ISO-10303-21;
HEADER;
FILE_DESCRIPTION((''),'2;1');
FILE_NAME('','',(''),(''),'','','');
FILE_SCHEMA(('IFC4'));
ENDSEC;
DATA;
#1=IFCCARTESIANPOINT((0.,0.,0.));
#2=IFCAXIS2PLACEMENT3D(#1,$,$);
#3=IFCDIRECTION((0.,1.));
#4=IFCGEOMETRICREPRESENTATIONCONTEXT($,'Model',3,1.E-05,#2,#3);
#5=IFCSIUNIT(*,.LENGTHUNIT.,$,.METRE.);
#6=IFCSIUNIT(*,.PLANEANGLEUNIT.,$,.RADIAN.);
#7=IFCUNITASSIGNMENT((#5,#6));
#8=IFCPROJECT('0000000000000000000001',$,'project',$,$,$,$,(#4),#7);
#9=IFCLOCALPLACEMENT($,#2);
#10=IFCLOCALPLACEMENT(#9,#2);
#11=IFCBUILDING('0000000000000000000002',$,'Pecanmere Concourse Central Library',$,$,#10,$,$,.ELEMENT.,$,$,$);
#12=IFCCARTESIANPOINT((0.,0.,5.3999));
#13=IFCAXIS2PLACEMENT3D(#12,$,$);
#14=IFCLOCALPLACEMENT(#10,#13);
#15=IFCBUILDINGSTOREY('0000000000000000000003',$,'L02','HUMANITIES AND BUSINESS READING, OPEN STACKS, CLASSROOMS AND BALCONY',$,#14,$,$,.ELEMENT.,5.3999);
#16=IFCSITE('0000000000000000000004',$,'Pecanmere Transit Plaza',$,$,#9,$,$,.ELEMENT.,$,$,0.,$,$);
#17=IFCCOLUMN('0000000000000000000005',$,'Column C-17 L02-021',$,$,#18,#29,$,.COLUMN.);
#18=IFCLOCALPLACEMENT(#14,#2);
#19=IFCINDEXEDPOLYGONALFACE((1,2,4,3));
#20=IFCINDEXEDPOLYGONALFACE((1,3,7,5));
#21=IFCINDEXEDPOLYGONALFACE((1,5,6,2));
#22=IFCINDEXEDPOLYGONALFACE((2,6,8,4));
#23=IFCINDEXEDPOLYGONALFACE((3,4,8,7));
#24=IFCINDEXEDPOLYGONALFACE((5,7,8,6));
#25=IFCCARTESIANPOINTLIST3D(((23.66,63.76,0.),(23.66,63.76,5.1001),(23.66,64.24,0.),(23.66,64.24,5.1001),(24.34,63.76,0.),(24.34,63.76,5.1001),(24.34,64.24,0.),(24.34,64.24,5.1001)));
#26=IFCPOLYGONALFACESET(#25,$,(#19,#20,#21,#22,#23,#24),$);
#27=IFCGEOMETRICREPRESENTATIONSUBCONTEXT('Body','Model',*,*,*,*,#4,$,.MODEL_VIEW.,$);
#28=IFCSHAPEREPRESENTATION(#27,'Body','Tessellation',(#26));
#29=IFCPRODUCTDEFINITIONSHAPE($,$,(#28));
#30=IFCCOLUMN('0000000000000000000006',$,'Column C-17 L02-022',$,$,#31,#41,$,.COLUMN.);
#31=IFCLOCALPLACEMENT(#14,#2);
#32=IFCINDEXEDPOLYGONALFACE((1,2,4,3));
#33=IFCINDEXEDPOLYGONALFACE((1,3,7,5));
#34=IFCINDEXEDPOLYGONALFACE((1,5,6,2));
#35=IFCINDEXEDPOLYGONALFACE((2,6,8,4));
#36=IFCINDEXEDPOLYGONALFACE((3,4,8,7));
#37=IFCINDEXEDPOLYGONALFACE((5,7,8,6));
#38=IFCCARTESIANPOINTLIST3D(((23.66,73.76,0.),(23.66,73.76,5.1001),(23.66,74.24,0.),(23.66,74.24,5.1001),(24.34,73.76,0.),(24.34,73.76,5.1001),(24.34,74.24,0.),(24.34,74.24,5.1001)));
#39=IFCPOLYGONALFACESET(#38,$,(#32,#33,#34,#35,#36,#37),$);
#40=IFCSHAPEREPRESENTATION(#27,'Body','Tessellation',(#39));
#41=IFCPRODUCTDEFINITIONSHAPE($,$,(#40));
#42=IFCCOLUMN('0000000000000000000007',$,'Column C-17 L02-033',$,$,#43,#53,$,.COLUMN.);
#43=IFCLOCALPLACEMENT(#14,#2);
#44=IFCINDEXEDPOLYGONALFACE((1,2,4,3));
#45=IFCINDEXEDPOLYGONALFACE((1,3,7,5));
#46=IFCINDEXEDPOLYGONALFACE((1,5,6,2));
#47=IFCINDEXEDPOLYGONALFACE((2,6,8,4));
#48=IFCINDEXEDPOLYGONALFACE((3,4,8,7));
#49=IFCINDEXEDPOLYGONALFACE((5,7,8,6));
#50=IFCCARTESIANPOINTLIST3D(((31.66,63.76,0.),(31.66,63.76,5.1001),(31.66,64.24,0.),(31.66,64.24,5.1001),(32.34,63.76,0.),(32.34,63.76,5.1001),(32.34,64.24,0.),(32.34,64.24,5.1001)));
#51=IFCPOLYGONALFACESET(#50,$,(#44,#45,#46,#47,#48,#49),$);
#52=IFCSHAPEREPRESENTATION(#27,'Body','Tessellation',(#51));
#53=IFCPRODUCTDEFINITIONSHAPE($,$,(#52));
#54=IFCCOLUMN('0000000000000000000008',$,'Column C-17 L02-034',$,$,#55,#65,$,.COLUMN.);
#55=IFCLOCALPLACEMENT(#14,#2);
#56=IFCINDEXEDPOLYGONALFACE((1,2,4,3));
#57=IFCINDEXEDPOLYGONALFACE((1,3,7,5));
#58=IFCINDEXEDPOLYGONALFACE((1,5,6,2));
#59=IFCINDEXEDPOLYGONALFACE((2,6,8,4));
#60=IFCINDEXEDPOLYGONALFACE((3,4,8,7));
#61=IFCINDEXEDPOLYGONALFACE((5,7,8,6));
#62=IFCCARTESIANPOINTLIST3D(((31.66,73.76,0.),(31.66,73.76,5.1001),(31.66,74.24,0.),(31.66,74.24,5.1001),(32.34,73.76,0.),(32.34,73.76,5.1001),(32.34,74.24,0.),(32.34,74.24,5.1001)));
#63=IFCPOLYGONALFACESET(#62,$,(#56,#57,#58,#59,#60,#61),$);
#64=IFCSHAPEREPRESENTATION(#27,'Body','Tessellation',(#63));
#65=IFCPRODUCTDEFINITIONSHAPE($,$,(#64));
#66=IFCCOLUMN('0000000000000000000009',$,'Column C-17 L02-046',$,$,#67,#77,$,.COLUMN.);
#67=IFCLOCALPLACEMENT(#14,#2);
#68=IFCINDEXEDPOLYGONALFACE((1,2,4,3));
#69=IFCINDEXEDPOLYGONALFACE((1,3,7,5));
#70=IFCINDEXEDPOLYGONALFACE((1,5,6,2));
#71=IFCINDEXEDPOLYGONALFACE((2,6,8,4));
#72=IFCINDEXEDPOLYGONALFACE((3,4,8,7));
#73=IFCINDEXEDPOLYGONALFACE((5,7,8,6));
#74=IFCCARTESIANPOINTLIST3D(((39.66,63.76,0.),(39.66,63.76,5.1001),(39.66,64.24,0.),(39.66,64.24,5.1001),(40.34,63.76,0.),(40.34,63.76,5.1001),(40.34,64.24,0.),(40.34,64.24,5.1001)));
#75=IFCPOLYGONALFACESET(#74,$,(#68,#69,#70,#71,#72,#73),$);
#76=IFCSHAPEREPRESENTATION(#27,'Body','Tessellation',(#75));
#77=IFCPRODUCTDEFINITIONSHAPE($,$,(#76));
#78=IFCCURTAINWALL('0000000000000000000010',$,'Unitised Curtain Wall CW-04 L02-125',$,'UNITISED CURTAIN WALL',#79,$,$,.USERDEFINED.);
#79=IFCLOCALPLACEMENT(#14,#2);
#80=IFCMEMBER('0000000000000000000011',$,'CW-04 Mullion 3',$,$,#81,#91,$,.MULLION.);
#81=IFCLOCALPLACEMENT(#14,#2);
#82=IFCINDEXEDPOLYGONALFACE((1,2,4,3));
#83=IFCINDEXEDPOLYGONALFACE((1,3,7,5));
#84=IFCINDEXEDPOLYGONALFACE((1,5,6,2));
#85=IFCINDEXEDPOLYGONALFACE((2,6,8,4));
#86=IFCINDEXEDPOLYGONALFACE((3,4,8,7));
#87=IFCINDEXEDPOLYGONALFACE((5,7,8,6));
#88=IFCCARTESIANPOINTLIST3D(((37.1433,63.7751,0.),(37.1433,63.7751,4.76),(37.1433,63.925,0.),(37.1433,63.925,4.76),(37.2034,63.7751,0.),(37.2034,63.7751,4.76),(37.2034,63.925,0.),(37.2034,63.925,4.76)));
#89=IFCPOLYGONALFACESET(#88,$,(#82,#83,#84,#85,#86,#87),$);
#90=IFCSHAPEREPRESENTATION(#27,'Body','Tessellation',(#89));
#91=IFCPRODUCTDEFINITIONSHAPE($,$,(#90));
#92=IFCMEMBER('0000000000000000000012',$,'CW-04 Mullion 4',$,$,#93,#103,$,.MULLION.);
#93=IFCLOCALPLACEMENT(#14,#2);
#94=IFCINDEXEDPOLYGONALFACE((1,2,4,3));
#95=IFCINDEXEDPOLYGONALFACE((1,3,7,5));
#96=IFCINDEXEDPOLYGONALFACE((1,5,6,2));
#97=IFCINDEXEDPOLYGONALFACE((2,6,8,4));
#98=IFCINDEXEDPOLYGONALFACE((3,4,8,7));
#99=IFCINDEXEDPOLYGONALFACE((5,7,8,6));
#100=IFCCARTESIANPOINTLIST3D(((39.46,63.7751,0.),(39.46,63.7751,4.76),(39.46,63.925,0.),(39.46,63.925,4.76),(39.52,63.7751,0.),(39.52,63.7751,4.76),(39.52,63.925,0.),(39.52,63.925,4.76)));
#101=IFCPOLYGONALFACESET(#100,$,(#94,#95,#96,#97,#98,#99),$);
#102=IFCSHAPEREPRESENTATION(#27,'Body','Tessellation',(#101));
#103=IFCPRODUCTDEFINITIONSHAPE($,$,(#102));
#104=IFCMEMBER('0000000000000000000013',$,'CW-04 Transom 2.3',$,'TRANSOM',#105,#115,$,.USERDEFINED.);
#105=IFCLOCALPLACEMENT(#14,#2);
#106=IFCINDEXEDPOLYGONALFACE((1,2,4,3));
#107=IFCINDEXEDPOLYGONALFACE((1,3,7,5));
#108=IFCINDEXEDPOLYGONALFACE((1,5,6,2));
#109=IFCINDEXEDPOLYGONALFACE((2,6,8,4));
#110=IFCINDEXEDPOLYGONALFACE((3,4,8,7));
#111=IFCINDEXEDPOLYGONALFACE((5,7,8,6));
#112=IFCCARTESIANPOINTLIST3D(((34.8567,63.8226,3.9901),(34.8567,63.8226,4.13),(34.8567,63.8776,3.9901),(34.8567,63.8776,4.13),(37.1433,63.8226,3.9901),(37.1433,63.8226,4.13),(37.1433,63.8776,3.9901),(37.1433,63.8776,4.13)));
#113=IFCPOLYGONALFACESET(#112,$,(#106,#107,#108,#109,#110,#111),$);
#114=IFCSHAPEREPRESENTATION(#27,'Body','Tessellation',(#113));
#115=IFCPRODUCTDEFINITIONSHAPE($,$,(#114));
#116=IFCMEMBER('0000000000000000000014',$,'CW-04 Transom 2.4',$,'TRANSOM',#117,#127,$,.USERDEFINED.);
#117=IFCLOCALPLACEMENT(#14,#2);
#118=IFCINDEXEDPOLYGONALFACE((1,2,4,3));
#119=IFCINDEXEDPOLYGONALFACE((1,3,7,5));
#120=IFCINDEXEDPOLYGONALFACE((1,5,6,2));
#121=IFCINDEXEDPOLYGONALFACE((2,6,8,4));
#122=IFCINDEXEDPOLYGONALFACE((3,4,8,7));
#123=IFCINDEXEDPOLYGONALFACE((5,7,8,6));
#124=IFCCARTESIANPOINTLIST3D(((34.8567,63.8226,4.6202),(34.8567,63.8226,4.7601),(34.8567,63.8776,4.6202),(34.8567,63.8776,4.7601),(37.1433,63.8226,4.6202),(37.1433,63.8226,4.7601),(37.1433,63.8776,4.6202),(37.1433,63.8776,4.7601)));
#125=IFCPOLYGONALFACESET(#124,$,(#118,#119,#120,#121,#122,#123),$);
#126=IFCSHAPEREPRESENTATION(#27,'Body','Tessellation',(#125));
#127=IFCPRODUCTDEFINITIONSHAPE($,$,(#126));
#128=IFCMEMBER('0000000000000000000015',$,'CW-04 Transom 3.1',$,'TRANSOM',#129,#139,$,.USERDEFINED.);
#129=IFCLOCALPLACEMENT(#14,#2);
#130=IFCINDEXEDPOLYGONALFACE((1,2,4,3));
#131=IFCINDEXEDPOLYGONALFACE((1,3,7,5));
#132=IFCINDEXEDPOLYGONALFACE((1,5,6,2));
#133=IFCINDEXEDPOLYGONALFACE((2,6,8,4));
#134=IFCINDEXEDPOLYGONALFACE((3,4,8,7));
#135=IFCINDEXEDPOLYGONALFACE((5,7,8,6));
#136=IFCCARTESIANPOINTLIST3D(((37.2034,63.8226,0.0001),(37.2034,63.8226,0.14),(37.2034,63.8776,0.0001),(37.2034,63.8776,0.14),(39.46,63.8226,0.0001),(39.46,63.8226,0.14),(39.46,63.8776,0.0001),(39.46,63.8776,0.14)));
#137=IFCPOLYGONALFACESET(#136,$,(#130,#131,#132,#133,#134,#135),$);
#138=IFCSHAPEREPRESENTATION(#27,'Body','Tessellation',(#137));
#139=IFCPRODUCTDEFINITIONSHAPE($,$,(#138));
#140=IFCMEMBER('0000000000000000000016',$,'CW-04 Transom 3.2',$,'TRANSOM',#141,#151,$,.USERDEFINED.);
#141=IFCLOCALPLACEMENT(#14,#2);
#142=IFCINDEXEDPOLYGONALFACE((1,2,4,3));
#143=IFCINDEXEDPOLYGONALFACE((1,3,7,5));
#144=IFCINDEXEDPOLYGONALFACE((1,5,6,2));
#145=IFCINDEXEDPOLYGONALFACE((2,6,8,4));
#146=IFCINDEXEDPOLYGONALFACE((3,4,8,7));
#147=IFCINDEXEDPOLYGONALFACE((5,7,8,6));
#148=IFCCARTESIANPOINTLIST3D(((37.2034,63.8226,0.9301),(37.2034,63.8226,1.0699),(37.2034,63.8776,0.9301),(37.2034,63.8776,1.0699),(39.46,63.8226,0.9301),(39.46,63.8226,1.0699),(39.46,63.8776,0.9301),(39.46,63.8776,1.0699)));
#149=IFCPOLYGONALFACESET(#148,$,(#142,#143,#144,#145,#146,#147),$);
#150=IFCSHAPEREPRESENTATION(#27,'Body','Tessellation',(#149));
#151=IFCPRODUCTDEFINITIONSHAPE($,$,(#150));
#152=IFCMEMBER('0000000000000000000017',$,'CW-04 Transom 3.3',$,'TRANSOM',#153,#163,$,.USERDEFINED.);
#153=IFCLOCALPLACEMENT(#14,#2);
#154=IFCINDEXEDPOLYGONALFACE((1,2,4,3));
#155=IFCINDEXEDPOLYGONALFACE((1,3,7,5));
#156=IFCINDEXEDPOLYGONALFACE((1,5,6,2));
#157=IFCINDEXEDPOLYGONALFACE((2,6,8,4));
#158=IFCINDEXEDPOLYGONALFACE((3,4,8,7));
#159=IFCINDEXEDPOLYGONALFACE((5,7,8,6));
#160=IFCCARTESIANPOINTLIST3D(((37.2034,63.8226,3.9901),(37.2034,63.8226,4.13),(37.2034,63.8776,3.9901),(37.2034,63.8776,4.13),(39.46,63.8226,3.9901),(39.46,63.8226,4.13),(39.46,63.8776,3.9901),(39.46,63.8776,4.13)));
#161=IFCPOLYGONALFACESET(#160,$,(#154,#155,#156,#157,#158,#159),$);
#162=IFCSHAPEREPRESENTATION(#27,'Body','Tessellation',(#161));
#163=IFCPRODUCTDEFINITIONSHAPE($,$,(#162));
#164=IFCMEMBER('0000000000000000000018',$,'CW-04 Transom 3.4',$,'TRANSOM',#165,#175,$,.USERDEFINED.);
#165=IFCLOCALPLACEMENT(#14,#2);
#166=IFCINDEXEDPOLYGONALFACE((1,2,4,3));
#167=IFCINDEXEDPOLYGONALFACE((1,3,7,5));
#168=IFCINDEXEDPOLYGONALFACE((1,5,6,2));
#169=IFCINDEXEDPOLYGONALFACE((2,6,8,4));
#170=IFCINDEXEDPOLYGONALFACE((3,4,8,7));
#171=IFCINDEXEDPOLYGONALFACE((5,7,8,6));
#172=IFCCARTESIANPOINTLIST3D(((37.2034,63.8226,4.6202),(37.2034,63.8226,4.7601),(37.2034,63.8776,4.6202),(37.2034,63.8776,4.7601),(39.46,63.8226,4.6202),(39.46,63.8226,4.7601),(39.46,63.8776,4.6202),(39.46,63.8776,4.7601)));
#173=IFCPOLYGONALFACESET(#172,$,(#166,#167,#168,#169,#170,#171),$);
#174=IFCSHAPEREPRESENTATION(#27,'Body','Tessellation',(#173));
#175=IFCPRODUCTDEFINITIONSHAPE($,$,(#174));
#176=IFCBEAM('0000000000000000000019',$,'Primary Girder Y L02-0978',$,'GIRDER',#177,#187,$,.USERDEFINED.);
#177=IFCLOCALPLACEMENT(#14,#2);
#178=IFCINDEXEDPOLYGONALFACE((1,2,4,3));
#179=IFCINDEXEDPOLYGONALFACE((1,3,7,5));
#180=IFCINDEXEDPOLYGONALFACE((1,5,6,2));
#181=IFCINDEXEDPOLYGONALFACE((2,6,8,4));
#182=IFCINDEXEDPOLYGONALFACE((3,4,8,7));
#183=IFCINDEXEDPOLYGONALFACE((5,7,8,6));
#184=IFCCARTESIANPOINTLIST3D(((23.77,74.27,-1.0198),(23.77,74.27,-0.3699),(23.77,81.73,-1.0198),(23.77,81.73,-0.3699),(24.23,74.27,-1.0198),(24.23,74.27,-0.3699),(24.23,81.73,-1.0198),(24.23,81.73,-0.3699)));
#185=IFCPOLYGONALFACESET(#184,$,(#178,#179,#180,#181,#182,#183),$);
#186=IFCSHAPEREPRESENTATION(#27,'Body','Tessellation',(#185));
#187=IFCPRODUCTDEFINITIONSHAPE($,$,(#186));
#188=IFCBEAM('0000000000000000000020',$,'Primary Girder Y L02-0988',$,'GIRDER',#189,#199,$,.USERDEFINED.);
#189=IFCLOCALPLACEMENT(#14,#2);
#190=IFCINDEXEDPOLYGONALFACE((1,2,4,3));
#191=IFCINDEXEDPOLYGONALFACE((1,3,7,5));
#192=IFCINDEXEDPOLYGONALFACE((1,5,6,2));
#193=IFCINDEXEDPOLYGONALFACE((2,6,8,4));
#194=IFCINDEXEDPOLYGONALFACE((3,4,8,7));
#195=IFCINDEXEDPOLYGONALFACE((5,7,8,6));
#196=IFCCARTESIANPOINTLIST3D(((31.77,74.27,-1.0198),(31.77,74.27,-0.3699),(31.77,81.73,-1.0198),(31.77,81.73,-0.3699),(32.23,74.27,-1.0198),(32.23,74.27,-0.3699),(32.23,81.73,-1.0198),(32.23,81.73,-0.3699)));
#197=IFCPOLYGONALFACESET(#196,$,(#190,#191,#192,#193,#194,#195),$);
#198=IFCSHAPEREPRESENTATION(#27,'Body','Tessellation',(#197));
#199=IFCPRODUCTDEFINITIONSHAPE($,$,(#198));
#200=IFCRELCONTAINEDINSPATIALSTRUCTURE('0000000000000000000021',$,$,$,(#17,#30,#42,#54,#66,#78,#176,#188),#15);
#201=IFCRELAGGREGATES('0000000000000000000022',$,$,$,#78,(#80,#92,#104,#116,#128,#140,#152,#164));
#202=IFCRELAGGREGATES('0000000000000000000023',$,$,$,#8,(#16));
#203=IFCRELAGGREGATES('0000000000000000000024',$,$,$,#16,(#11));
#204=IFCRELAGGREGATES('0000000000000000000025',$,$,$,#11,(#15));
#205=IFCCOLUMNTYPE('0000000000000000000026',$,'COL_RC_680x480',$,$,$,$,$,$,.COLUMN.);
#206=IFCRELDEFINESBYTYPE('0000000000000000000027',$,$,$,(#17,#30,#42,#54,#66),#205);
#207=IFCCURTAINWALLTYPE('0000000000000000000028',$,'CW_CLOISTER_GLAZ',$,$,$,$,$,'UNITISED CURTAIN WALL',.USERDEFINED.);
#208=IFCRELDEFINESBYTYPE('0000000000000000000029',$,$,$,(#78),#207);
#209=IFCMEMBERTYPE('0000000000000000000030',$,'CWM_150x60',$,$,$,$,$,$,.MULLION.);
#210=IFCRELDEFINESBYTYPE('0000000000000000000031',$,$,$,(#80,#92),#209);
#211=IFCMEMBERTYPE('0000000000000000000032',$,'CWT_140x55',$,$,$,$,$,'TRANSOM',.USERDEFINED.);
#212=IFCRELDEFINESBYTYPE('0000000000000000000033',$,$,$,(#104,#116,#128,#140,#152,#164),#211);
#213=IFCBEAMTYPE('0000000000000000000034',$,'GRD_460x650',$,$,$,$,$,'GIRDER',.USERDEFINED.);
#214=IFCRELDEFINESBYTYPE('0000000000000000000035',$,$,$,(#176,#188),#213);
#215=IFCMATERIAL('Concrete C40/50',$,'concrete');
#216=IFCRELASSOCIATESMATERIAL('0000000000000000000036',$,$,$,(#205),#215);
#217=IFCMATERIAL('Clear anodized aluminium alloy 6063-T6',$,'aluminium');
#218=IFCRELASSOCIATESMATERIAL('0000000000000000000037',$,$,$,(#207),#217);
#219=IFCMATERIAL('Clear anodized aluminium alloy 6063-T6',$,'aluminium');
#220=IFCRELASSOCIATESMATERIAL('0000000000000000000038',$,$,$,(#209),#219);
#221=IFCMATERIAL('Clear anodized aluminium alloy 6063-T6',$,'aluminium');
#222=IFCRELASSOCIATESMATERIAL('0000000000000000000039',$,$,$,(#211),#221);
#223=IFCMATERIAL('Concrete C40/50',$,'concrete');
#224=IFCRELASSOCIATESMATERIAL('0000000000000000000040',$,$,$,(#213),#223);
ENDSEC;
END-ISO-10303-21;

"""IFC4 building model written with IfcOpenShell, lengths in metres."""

from ifc_helpers import new_model, si_unit, direction, frame, origin, origin_2d, place, context, subcontext, project, spatial, rectangle, extrude, material, material_profile, profile_set, type_object, element, aggregate, save


model = new_model("IFC4")

# Units and contexts
model_context = context("Model", 3, precision=1e-05, world=origin(), true_north=direction((0.0, 1.0)))
body_context = subcontext(model_context, "Body", "Model", "MODEL_VIEW")
ifc_project = project(units=[si_unit("LENGTHUNIT", "METRE"), si_unit("PLANEANGLEUNIT", "RADIAN")], contexts=[model_context])

# Site, building, storey
site_placement = place(None, origin())
site = spatial("IfcSite", under=ifc_project, at=site_placement, Name="Pecanmere Transit Plaza", CompositionType="ELEMENT", RefElevation=0.0)
building_placement = place(site_placement, origin())
building = spatial("IfcBuilding", under=site, at=building_placement, Name="Pecanmere Concourse Central Library", CompositionType="ELEMENT")
storey_placement = place(building_placement, frame((0.0, 0.0, 5.3999)))
storey = spatial("IfcBuildingStorey", under=building, at=storey_placement, Name="L02", Description="HUMANITIES AND BUSINESS READING, OPEN STACKS, CLASSROOMS AND BALCONY", CompositionType="ELEMENT", Elevation=5.3999)

# Columns
ifc_material_1 = material(Name="Concrete C40/50", Category="concrete")
ifc_material_profile_1 = material_profile(ifc_material_1, rectangle(XDim=0.6799, YDim=0.48, at=origin_2d()), Name="RC 680x480")
ifc_profile_set_1 = profile_set([ifc_material_profile_1], Name="Concrete C40/50")
column_type = type_object("IfcColumnType", Name="COL_RC_680x480", PredefinedType="COLUMN", material=ifc_profile_set_1)
for number, where, z_axis, x_axis, name in (
    (1, (24.0, 64.0, 0.0), (0.0, 0.0, 1.0), (1.0, 0.0, 0.0), "Column C-17 L02-021"),
    (2, (24.0, 74.0, 0.0), (0.0, 0.0, 1.0), (1.0, 0.0, 0.0), "Column C-17 L02-022"),
    (3, (32.0, 64.0, 0.0), (0.0, 0.0, 1.0), (1.0, 0.0, 0.0), "Column C-17 L02-033"),
    (4, (32.0, 74.0, 0.0), (0.0, 0.0, 1.0), (1.0, 0.0, 0.0), "Column C-17 L02-034"),
    (5, (40.0, 64.0, 0.0), (0.0, 0.0, 1.0), (1.0, 0.0, 0.0), "Column C-17 L02-046"),
):
    element("IfcColumn", number, at=place(storey_placement, frame(where, z_axis=z_axis, x_axis=x_axis)), inside=storey, type_object=column_type, Name=name, PredefinedType="COLUMN", context=body_context, shape_type="SweptSolid", body=[
        extrude(rectangle(XDim=0.6799, YDim=0.48, at=origin_2d()), origin(), (0.0, 0.0, 1.0), 5.1001),
    ])

# Curtain wall, members
ifc_material_2 = material(Name="Clear anodized aluminium alloy 6063-T6", Category="aluminium")
curtain_wall_type = type_object("IfcCurtainWallType", Name="CW_CLOISTER_GLAZ", ElementType="UNITISED CURTAIN WALL", PredefinedType="USERDEFINED", material=ifc_material_2)
curtain_wall_placement = place(storey_placement, origin())
curtain_wall = element("IfcCurtainWall", 6, at=curtain_wall_placement, inside=storey, type_object=curtain_wall_type, Name="Unitised Curtain Wall CW-04 L02-125", ObjectType="UNITISED CURTAIN WALL", PredefinedType="USERDEFINED")
ifc_material_3 = material(Name="Clear anodized aluminium alloy 6063-T6", Category="aluminium")
ifc_material_profile_2 = material_profile(ifc_material_3, rectangle(XDim=0.0601, YDim=0.1499, at=origin_2d()), Name="AL 60x150")
ifc_profile_set_2 = profile_set([ifc_material_profile_2], Name="Clear anodized aluminium alloy 6063-T6")
member_type_1 = type_object("IfcMemberType", Name="CWM_150x60", PredefinedType="MULLION", material=ifc_profile_set_2)
member_1_placement = place(storey_placement, frame((37.1733, 63.8501, 0.0), z_axis=(0.0, 0.0, 1.0), x_axis=(1.0, 0.0, 0.0)))
member_1 = element("IfcMember", 7, at=member_1_placement, type_object=member_type_1, Name="CW-04 Mullion 3", PredefinedType="MULLION", context=body_context, shape_type="SweptSolid", body=[
    extrude(rectangle(XDim=0.0601, YDim=0.1499, at=origin_2d()), origin(), (0.0, 0.0, 1.0), 4.76),
])
member_2_placement = place(storey_placement, frame((39.49, 63.8501, 0.0), z_axis=(0.0, 0.0, 1.0), x_axis=(1.0, 0.0, 0.0)))
member_2 = element("IfcMember", 8, at=member_2_placement, type_object=member_type_1, Name="CW-04 Mullion 4", PredefinedType="MULLION", context=body_context, shape_type="SweptSolid", body=[
    extrude(rectangle(XDim=0.0601, YDim=0.1499, at=origin_2d()), origin(), (0.0, 0.0, 1.0), 4.76),
])
ifc_material_4 = material(Name="Clear anodized aluminium alloy 6063-T6", Category="aluminium")
ifc_material_profile_3 = material_profile(ifc_material_4, rectangle(XDim=0.0549, YDim=0.1399, at=origin_2d()), Name="AL 55x140")
ifc_profile_set_3 = profile_set([ifc_material_profile_3], Name="Clear anodized aluminium alloy 6063-T6")
member_type_2 = type_object("IfcMemberType", Name="CWT_140x55", ElementType="TRANSOM", PredefinedType="USERDEFINED", material=ifc_profile_set_3)
member_3_placement = place(storey_placement, frame((34.8567, 63.8501, 4.0601), z_axis=(1.0, 0.0, 0.0), x_axis=(0.0, 1.0, 0.0)))
member_3 = element("IfcMember", 9, at=member_3_placement, type_object=member_type_2, Name="CW-04 Transom 2.3", ObjectType="TRANSOM", PredefinedType="USERDEFINED", context=body_context, shape_type="SweptSolid", body=[
    extrude(rectangle(XDim=0.0549, YDim=0.1399, at=origin_2d()), origin(), (0.0, 0.0, 1.0), 2.2866),
])
member_4_placement = place(storey_placement, frame((34.8567, 63.8501, 4.6902), z_axis=(1.0, 0.0, 0.0), x_axis=(0.0, 1.0, 0.0)))
member_4 = element("IfcMember", 10, at=member_4_placement, type_object=member_type_2, Name="CW-04 Transom 2.4", ObjectType="TRANSOM", PredefinedType="USERDEFINED", context=body_context, shape_type="SweptSolid", body=[
    extrude(rectangle(XDim=0.0549, YDim=0.1399, at=origin_2d()), origin(), (0.0, 0.0, 1.0), 2.2866),
])
member_5_placement = place(storey_placement, frame((37.2034, 63.8501, 0.0701), z_axis=(1.0, 0.0, 0.0), x_axis=(0.0, 1.0, 0.0)))
member_5 = element("IfcMember", 11, at=member_5_placement, type_object=member_type_2, Name="CW-04 Transom 3.1", ObjectType="TRANSOM", PredefinedType="USERDEFINED", context=body_context, shape_type="SweptSolid", body=[
    extrude(rectangle(XDim=0.0549, YDim=0.1399, at=origin_2d()), origin(), (0.0, 0.0, 1.0), 2.2566),
])
member_6_placement = place(storey_placement, frame((37.2034, 63.8501, 1.0), z_axis=(1.0, 0.0, 0.0), x_axis=(0.0, 1.0, 0.0)))
member_6 = element("IfcMember", 12, at=member_6_placement, type_object=member_type_2, Name="CW-04 Transom 3.2", ObjectType="TRANSOM", PredefinedType="USERDEFINED", context=body_context, shape_type="SweptSolid", body=[
    extrude(rectangle(XDim=0.0549, YDim=0.1399, at=origin_2d()), origin(), (0.0, 0.0, 1.0), 2.2566),
])
member_7_placement = place(storey_placement, frame((37.2034, 63.8501, 4.0601), z_axis=(1.0, 0.0, 0.0), x_axis=(0.0, 1.0, 0.0)))
member_7 = element("IfcMember", 13, at=member_7_placement, type_object=member_type_2, Name="CW-04 Transom 3.3", ObjectType="TRANSOM", PredefinedType="USERDEFINED", context=body_context, shape_type="SweptSolid", body=[
    extrude(rectangle(XDim=0.0549, YDim=0.1399, at=origin_2d()), origin(), (0.0, 0.0, 1.0), 2.2566),
])
member_8_placement = place(storey_placement, frame((37.2034, 63.8501, 4.6902), z_axis=(1.0, 0.0, 0.0), x_axis=(0.0, 1.0, 0.0)))
member_8 = element("IfcMember", 14, at=member_8_placement, type_object=member_type_2, Name="CW-04 Transom 3.4", ObjectType="TRANSOM", PredefinedType="USERDEFINED", context=body_context, shape_type="SweptSolid", body=[
    extrude(rectangle(XDim=0.0549, YDim=0.1399, at=origin_2d()), origin(), (0.0, 0.0, 1.0), 2.2566),
])

# Beams
ifc_material_5 = material(Name="Concrete C40/50", Category="concrete")
ifc_material_profile_4 = material_profile(ifc_material_5, rectangle(XDim=0.46, YDim=0.6499, at=origin_2d()), Name="RC 460x650")
ifc_profile_set_4 = profile_set([ifc_material_profile_4], Name="Concrete C40/50")
beam_type_1 = type_object("IfcBeamType", Name="GRD_460x650", ElementType="GIRDER", PredefinedType="USERDEFINED", material=ifc_profile_set_4)
for number, where, z_axis, x_axis, name in (
    (15, (24.0, 74.27, -0.6948), (0.0, 1.0, 0.0), (-1.0, 0.0, 0.0), "Primary Girder Y L02-0978"),
    (16, (32.0, 74.27, -0.6948), (0.0, 1.0, 0.0), (-1.0, 0.0, 0.0), "Primary Girder Y L02-0988"),
):
    element("IfcBeam", number, at=place(storey_placement, frame(where, z_axis=z_axis, x_axis=x_axis)), inside=storey, type_object=beam_type_1, Name=name, ObjectType="GIRDER", PredefinedType="USERDEFINED", context=body_context, shape_type="SweptSolid", body=[
        extrude(rectangle(XDim=0.46, YDim=0.6499, at=origin_2d()), origin(), (0.0, 0.0, 1.0), 7.46),
    ])

aggregate(curtain_wall, [member_1, member_2, member_3, member_4, member_5, member_6, member_7, member_8])

save(model, "model.ifc")
